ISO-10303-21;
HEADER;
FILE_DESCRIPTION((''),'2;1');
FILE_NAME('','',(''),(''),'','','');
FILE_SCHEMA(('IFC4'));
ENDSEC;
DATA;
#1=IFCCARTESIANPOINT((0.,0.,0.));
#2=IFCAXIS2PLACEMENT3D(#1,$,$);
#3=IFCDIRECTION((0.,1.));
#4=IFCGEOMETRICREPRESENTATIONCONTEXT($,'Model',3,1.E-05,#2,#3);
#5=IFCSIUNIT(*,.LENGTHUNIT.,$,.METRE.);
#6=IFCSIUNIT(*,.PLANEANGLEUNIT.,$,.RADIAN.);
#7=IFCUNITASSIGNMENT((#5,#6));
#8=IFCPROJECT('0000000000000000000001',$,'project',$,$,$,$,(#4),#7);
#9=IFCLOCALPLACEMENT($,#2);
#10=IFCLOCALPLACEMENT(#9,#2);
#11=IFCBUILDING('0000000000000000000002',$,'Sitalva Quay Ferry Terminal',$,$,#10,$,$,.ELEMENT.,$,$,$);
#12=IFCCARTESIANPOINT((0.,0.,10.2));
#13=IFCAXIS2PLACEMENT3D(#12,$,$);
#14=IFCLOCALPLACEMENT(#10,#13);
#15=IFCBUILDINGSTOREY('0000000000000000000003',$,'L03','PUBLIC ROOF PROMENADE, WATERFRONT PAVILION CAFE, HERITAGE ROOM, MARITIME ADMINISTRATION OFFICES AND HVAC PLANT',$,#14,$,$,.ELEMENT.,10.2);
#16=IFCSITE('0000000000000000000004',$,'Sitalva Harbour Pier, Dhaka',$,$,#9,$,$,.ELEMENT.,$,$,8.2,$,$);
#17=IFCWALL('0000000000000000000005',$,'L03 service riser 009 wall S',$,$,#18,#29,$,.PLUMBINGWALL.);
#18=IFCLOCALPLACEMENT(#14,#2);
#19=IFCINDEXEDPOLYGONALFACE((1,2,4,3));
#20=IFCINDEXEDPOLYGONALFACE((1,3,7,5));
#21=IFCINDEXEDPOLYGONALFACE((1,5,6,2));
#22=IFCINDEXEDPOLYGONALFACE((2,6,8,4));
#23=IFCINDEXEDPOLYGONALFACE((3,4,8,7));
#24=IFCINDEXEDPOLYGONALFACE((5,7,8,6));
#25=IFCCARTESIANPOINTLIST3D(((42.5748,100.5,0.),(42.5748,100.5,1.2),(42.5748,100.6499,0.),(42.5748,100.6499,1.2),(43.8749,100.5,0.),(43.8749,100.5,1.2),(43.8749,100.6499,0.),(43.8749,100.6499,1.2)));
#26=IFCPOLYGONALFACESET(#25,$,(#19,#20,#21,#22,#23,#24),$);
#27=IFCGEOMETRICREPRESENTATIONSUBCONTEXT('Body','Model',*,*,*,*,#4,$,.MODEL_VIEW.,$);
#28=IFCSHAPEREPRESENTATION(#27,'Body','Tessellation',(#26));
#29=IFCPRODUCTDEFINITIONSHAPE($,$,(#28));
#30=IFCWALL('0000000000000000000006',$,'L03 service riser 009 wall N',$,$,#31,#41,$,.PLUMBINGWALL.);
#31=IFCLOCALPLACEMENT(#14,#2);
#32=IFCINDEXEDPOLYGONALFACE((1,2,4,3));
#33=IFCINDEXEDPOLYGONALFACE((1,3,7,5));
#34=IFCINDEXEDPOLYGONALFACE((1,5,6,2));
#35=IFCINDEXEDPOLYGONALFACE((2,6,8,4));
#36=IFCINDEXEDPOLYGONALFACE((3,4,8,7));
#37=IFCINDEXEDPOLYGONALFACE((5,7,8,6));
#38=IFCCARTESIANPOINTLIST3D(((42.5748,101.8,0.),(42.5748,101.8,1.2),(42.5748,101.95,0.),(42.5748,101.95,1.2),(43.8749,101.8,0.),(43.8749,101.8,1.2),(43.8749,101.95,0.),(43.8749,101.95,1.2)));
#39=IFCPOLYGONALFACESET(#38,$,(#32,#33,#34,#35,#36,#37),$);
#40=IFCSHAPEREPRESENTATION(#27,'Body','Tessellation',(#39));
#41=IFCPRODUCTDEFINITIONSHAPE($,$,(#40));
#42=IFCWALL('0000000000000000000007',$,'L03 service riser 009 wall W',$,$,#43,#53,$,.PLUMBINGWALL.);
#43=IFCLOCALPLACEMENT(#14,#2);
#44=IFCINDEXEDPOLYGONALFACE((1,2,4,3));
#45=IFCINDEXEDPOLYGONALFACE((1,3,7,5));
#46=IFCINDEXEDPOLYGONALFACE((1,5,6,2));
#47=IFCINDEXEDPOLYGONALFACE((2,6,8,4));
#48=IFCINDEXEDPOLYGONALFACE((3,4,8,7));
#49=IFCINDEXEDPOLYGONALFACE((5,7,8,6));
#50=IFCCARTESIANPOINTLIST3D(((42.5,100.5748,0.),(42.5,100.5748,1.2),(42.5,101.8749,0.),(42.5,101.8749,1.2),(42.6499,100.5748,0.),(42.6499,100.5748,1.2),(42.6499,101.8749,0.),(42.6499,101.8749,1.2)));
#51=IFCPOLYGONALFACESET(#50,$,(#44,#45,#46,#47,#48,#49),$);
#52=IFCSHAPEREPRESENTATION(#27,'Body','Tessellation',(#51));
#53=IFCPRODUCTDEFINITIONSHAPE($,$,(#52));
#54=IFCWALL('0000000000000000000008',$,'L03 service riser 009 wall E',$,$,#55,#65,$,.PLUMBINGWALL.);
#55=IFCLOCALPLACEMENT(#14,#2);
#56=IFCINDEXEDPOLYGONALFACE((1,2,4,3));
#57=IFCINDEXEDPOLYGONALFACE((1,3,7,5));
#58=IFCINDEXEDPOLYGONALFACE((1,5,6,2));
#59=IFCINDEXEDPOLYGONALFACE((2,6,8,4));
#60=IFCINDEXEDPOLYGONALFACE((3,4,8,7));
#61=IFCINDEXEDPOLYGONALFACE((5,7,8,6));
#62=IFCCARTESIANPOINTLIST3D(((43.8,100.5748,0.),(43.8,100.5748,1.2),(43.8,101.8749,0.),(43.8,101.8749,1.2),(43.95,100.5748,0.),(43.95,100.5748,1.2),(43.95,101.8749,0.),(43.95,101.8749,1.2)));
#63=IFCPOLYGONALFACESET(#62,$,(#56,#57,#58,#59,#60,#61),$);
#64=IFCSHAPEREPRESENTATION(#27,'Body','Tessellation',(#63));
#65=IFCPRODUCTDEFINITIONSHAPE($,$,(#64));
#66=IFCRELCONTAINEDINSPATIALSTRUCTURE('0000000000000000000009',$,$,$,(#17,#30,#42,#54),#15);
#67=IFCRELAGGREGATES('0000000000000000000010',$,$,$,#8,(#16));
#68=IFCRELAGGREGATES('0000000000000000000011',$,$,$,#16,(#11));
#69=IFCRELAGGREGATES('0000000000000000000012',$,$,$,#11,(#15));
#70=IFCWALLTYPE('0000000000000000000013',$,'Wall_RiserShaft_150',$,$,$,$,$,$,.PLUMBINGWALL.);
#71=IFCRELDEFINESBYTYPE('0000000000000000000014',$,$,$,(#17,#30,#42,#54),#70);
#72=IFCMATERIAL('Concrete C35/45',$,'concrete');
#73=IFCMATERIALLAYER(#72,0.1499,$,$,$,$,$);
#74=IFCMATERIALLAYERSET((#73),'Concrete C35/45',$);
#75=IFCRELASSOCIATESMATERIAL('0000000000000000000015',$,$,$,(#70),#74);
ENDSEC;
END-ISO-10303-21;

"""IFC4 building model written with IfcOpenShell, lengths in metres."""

from ifc_helpers import new_model, si_unit, direction, frame, frame_2d, origin, place, context, subcontext, project, spatial, rectangle, extrude, material, layer, layer_set, type_object, element, save


model = new_model("IFC4")

# Units and contexts
model_context = context("Model", 3, precision=1e-05, world=origin(), true_north=direction((0.0, 1.0)))
body_context = subcontext(model_context, "Body", "Model", "MODEL_VIEW")
ifc_project = project(units=[si_unit("LENGTHUNIT", "METRE"), si_unit("PLANEANGLEUNIT", "RADIAN")], contexts=[model_context])

# Site, building, storey
site_placement = place(None, origin())
site = spatial("IfcSite", under=ifc_project, at=site_placement, Name="Sitalva Harbour Pier, Dhaka", CompositionType="ELEMENT", RefElevation=8.2)
building_placement = place(site_placement, origin())
building = spatial("IfcBuilding", under=site, at=building_placement, Name="Sitalva Quay Ferry Terminal", CompositionType="ELEMENT")
storey_placement = place(building_placement, frame((0.0, 0.0, 10.2)))
storey = spatial("IfcBuildingStorey", under=building, at=storey_placement, Name="L03", Description="PUBLIC ROOF PROMENADE, WATERFRONT PAVILION CAFE, HERITAGE ROOM, MARITIME ADMINISTRATION OFFICES AND HVAC PLANT", CompositionType="ELEMENT", Elevation=10.2)

# Walls
ifc_material_1 = material(Name="Concrete C35/45", Category="concrete")
ifc_layer_1 = layer(ifc_material_1, 0.1499)
ifc_layer_set_1 = layer_set([ifc_layer_1], Name="Concrete C35/45")
wall_type = type_object("IfcWallType", Name="Wall_RiserShaft_150", PredefinedType="PLUMBINGWALL", material=ifc_layer_set_1)
for number, where, z_axis, x_axis, name in (
    (1, (42.575, 100.575, 0.0), (0.0, 0.0, 1.0), (1.0, 0.0, 0.0), "L03 service riser 009 wall S"),
    (2, (42.575, 101.875, 0.0), (0.0, 0.0, 1.0), (1.0, 0.0, 0.0), "L03 service riser 009 wall N"),
    (3, (42.575, 100.575, 0.0), (0.0, 0.0, 1.0), (0.0, 1.0, 0.0), "L03 service riser 009 wall W"),
    (4, (43.875, 100.575, 0.0), (0.0, 0.0, 1.0), (0.0, 1.0, 0.0), "L03 service riser 009 wall E"),
):
    element("IfcWall", number, at=place(storey_placement, frame(where, z_axis=z_axis, x_axis=x_axis)), inside=storey, type_object=wall_type, Name=name, PredefinedType="PLUMBINGWALL", context=body_context, shape_type="SweptSolid", body=[
        extrude(rectangle(XDim=1.3, YDim=0.1499, at=frame_2d((0.6499, 0.0))), origin(), (0.0, 0.0, 1.0), 1.2),
    ])

save(model, "model.ifc")
